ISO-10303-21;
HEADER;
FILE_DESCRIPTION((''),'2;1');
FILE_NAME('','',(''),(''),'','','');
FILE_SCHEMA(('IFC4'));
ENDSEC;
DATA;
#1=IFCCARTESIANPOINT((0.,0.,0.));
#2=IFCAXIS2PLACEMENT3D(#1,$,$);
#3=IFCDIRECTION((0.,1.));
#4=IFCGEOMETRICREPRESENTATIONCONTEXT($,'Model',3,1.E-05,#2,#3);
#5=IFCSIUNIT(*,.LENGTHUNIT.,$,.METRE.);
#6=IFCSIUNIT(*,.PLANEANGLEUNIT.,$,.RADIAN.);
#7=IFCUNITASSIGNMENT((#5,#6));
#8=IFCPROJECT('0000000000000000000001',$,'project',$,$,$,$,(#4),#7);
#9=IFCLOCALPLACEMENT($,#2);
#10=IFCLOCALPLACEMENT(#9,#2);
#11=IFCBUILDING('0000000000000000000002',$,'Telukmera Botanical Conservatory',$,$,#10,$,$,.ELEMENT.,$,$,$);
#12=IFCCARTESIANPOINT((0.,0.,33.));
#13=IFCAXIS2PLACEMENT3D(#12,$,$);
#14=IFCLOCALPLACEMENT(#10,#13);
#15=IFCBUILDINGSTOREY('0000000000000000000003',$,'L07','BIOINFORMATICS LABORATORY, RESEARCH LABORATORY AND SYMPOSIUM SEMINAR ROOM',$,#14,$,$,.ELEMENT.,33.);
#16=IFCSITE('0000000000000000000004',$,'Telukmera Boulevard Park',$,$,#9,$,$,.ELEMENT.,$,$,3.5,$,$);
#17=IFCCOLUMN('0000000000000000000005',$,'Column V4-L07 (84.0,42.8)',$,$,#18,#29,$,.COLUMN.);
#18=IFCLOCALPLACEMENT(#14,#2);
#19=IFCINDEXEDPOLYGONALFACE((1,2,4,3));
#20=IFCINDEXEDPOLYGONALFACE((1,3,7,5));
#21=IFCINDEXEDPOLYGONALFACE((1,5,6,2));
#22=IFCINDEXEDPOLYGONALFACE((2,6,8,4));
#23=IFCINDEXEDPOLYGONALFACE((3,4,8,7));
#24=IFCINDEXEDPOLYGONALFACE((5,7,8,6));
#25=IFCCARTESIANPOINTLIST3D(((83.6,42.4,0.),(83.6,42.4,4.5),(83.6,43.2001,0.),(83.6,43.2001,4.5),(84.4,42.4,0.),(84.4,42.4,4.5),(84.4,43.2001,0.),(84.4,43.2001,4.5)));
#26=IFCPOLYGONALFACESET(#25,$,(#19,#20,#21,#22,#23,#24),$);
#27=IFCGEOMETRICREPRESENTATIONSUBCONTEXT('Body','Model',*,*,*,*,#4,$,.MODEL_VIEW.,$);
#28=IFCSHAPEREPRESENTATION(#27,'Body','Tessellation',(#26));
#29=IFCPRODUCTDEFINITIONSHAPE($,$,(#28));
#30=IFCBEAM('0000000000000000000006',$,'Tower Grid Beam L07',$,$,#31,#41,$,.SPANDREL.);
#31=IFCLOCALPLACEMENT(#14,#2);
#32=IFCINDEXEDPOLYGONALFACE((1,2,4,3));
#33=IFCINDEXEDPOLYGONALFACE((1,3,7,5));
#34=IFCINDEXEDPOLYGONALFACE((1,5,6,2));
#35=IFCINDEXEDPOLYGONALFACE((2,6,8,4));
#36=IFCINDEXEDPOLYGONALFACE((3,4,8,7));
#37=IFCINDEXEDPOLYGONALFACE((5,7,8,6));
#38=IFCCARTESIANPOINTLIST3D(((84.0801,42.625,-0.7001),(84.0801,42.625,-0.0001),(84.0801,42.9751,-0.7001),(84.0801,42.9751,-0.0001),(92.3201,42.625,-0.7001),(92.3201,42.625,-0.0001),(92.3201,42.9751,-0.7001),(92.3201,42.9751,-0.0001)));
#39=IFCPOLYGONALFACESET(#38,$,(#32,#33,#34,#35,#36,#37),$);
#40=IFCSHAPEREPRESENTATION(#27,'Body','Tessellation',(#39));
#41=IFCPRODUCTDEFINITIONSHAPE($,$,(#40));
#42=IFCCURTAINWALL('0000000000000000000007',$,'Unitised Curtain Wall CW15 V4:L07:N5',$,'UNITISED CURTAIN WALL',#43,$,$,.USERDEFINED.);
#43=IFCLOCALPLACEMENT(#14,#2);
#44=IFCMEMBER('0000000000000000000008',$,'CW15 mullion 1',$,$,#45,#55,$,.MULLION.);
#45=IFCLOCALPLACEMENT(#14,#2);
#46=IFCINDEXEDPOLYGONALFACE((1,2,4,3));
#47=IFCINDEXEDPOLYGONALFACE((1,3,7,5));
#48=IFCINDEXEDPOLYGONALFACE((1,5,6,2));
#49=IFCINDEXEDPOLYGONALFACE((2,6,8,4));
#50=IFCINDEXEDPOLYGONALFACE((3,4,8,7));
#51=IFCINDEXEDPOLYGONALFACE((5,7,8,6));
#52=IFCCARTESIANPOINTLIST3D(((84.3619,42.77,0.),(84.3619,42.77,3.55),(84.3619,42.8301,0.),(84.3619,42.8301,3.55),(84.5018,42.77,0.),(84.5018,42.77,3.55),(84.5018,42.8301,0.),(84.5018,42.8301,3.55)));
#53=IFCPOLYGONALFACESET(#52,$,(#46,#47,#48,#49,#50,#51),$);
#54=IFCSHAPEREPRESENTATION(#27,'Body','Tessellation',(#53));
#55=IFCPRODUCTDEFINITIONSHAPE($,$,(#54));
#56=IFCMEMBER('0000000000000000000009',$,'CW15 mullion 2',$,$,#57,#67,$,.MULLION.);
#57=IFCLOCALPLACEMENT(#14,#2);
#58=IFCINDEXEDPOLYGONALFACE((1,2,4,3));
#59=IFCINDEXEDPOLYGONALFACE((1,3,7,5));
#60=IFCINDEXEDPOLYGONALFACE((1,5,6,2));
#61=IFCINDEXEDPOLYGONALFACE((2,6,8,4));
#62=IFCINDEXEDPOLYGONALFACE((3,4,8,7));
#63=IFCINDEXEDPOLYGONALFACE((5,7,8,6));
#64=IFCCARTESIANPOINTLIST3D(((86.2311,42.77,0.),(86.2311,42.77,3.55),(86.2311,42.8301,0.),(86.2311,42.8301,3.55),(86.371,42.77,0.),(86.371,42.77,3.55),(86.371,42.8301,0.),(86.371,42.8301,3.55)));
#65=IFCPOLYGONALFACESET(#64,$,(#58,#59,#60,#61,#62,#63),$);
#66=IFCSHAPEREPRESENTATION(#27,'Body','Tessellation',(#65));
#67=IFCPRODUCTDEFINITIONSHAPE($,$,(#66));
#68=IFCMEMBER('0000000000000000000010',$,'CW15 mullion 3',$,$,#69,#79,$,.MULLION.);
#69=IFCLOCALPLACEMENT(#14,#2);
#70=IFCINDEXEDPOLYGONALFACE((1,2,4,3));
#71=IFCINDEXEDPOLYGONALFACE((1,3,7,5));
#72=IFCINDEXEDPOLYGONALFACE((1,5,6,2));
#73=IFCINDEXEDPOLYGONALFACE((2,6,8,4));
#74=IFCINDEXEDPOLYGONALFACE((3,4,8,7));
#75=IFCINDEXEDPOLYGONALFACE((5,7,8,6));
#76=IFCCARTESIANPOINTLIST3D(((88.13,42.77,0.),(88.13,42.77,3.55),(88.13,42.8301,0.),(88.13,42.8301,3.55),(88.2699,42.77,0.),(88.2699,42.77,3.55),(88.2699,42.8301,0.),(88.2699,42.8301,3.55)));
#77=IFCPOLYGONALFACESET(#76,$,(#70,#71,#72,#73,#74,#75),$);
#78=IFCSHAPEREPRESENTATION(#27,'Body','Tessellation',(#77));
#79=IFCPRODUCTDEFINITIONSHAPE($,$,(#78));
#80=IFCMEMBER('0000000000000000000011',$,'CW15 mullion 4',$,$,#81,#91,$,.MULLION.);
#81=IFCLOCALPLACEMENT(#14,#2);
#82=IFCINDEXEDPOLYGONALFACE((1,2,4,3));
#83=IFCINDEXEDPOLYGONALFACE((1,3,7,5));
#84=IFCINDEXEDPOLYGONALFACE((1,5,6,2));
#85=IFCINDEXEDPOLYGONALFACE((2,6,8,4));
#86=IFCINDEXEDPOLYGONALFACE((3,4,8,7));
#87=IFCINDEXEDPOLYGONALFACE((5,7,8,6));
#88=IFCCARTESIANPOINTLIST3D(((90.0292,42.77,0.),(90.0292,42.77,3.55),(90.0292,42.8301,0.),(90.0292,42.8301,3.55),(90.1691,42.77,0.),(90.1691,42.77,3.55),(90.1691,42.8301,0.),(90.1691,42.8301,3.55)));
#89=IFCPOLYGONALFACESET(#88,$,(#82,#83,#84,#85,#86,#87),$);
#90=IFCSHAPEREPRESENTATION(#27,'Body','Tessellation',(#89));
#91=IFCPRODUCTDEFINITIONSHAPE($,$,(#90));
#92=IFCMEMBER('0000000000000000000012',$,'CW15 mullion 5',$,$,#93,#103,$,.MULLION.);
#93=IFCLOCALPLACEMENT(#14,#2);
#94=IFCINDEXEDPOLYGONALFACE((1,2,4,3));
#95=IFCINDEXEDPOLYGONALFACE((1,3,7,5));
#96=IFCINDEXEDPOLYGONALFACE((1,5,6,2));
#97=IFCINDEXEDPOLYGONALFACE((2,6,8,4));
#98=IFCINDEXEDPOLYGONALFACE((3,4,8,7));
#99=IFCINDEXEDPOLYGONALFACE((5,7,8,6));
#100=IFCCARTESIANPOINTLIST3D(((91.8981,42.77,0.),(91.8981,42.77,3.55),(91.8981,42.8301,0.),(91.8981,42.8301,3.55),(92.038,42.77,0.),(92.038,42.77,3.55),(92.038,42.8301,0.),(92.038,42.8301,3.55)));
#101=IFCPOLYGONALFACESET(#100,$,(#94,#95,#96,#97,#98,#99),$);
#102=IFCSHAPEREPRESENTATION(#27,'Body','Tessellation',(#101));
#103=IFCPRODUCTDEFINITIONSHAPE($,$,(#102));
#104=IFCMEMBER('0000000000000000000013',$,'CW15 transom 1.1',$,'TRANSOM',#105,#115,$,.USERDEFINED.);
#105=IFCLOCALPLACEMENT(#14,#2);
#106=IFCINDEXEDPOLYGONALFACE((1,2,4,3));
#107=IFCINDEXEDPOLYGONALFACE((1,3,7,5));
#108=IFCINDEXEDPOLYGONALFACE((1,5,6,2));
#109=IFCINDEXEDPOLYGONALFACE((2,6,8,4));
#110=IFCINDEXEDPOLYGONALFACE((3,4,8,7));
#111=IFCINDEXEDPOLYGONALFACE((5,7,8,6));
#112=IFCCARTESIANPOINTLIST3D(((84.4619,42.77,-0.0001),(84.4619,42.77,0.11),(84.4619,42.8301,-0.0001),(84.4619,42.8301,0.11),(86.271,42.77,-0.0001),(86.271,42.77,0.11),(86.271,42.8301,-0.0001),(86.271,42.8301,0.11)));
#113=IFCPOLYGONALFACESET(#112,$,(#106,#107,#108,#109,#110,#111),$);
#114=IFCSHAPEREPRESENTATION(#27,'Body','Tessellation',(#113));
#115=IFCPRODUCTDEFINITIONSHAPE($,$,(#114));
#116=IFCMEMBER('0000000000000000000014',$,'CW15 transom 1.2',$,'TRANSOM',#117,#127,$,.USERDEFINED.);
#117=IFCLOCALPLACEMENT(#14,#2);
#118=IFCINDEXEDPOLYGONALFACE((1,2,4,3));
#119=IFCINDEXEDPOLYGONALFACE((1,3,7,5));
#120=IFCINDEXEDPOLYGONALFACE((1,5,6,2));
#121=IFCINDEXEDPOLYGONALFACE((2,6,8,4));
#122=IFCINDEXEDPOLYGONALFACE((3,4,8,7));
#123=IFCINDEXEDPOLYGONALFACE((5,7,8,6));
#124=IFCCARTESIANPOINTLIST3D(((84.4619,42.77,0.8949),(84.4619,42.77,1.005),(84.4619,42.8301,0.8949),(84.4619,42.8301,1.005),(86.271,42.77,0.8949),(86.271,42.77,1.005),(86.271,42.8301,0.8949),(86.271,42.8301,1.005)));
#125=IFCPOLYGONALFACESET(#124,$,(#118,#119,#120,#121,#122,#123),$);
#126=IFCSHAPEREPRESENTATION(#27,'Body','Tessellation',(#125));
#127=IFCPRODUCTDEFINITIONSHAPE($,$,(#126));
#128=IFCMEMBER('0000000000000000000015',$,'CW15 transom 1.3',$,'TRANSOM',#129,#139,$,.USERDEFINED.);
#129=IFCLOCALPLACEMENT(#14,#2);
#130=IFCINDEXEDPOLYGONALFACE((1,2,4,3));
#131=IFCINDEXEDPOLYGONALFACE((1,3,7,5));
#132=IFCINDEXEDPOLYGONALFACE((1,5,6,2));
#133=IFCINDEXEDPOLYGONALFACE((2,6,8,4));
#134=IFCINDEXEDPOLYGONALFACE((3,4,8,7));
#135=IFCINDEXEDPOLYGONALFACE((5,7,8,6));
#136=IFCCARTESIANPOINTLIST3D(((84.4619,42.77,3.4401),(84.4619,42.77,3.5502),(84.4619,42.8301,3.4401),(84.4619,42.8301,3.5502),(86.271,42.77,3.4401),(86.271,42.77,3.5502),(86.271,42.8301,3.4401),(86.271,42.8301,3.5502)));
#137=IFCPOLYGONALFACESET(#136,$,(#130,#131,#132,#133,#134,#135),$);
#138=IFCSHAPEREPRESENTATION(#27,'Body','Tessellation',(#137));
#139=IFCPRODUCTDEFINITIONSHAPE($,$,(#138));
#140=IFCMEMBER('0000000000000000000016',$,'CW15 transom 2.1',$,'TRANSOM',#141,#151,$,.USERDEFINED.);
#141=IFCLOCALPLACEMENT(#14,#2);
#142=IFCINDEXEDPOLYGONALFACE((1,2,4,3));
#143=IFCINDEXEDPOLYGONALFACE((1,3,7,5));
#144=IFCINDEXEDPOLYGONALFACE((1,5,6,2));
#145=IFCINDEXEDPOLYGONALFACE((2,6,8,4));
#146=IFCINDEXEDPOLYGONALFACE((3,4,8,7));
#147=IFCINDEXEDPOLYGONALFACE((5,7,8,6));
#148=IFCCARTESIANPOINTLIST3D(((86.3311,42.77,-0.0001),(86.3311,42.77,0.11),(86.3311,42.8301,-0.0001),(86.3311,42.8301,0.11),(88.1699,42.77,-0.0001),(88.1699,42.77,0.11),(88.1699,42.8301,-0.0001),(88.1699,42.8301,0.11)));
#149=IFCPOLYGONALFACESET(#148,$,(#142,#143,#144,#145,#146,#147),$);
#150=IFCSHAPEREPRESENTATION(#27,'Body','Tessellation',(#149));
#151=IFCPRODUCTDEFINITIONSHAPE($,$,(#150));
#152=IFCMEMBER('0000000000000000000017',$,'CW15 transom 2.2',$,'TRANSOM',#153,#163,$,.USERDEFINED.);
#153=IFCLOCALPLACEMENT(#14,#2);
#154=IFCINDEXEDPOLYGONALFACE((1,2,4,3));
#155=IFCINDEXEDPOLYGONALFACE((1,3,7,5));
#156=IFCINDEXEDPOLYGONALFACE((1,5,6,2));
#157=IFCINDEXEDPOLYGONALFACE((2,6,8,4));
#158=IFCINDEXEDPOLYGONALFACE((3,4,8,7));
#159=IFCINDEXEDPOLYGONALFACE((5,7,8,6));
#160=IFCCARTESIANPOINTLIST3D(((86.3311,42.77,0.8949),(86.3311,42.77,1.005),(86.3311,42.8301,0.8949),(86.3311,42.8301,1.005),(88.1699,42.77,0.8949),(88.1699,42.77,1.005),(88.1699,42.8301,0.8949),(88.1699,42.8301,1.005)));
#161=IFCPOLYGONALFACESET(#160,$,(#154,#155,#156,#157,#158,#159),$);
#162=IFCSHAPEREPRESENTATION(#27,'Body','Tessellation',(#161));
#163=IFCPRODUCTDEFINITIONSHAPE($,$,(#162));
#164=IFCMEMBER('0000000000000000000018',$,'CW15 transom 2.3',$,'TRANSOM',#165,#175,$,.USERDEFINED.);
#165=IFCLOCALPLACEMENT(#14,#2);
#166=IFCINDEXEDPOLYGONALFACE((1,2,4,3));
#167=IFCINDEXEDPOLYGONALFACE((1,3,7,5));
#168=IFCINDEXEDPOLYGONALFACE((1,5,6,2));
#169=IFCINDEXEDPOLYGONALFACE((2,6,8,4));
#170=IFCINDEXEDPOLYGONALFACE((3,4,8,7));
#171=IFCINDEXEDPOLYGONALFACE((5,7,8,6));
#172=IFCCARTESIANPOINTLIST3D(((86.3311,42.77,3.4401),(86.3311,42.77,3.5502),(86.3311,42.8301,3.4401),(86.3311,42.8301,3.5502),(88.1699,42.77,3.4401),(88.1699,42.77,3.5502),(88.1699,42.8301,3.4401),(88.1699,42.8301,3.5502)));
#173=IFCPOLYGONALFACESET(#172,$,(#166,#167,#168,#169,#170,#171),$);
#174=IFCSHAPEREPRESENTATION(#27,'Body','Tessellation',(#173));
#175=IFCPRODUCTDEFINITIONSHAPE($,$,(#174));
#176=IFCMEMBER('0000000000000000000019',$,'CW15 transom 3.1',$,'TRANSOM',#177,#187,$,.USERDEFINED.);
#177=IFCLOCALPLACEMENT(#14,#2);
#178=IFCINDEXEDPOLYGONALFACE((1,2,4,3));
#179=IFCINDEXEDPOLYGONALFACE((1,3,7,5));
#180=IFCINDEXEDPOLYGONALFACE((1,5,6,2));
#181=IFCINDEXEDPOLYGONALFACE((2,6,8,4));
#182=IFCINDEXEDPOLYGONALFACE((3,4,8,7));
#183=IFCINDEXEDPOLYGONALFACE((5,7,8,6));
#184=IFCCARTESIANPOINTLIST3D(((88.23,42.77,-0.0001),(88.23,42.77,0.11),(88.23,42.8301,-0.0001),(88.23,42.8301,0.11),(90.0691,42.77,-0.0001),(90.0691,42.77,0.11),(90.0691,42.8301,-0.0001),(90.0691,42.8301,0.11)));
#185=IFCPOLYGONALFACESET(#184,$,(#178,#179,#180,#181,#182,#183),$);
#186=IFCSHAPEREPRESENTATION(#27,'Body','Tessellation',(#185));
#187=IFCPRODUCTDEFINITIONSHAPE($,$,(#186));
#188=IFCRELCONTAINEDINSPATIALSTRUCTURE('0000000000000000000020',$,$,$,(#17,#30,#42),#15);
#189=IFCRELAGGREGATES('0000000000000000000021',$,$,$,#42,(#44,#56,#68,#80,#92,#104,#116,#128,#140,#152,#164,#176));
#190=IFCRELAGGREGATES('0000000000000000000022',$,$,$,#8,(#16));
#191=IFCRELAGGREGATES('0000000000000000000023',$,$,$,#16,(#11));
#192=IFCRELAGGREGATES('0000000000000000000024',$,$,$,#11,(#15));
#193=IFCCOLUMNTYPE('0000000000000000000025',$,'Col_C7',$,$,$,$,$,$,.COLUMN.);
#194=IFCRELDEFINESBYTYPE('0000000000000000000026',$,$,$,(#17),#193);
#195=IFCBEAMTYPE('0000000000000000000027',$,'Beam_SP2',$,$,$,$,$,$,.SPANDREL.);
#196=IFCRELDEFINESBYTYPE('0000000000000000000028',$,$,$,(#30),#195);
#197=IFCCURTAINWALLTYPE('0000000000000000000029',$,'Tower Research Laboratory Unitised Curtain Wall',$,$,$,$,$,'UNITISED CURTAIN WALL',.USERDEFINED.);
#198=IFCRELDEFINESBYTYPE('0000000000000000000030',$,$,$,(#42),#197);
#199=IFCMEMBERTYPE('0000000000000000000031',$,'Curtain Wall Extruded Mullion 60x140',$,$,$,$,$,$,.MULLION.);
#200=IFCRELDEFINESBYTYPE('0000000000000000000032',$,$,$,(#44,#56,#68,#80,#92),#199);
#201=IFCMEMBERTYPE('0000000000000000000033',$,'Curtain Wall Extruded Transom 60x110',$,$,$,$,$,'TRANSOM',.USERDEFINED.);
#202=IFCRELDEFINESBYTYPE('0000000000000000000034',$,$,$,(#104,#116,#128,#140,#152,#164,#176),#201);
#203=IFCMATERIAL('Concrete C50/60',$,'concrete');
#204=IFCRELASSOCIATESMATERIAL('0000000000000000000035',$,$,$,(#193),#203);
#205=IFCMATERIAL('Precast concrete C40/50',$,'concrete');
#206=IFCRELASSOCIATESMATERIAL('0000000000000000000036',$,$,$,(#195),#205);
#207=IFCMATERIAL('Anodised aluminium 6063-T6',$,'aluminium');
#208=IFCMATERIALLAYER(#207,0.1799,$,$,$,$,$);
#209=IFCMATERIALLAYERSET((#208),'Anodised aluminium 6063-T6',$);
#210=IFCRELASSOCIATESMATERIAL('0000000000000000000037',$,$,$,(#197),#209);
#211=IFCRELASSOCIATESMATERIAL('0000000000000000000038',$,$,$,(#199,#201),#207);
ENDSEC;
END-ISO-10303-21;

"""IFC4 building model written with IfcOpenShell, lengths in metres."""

from ifc_helpers import new_model, si_unit, direction, frame, origin, origin_2d, place, context, subcontext, project, spatial, rectangle, extrude, material, layer, layer_set, material_profile, profile_set, type_object, element, aggregate, save


model = new_model("IFC4")

# Units and contexts
model_context = context("Model", 3, precision=1e-05, world=origin(), true_north=direction((0.0, 1.0)))
body_context = subcontext(model_context, "Body", "Model", "MODEL_VIEW")
ifc_project = project(units=[si_unit("LENGTHUNIT", "METRE"), si_unit("PLANEANGLEUNIT", "RADIAN")], contexts=[model_context])

# Site, building, storey
site_placement = place(None, origin())
site = spatial("IfcSite", under=ifc_project, at=site_placement, Name="Telukmera Boulevard Park", CompositionType="ELEMENT", RefElevation=3.5)
building_placement = place(site_placement, origin())
building = spatial("IfcBuilding", under=site, at=building_placement, Name="Telukmera Botanical Conservatory", CompositionType="ELEMENT")
storey_placement = place(building_placement, frame((0.0, 0.0, 33.0)))
storey = spatial("IfcBuildingStorey", under=building, at=storey_placement, Name="L07", Description="BIOINFORMATICS LABORATORY, RESEARCH LABORATORY AND SYMPOSIUM SEMINAR ROOM", CompositionType="ELEMENT", Elevation=33.0)

# Column
ifc_material_1 = material(Name="Concrete C50/60", Category="concrete")
ifc_material_profile_1 = material_profile(ifc_material_1, rectangle(XDim=0.8, YDim=0.8, at=origin_2d()), Name="RC 800x800")
ifc_profile_set_1 = profile_set([ifc_material_profile_1], Name="Concrete C50/60")
column_type = type_object("IfcColumnType", Name="Col_C7", PredefinedType="COLUMN", material=ifc_profile_set_1)
column_placement = place(storey_placement, frame((84.0, 42.8, 0.0), z_axis=(0.0, 0.0, 1.0), x_axis=(1.0, 0.0, 0.0)))
element("IfcColumn", 1, at=column_placement, inside=storey, type_object=column_type, Name="Column V4-L07 (84.0,42.8)", PredefinedType="COLUMN", context=body_context, shape_type="SweptSolid", body=[
    extrude(rectangle(XDim=0.8, YDim=0.8, at=origin_2d()), origin(), (0.0, 0.0, 1.0), 4.5),
])

# Beam
ifc_material_2 = material(Name="Precast concrete C40/50", Category="concrete")
ifc_material_profile_2 = material_profile(ifc_material_2, rectangle(XDim=0.3501, YDim=0.7, at=origin_2d()), Name="PC 350x700")
ifc_profile_set_2 = profile_set([ifc_material_profile_2], Name="Precast concrete C40/50")
beam_type = type_object("IfcBeamType", Name="Beam_SP2", PredefinedType="SPANDREL", material=ifc_profile_set_2)
beam_placement = place(storey_placement, frame((84.0801, 42.8, -0.3501), z_axis=(1.0, 0.0, 0.0), x_axis=(0.0, 1.0, 0.0)))
element("IfcBeam", 2, at=beam_placement, inside=storey, type_object=beam_type, Name="Tower Grid Beam L07", PredefinedType="SPANDREL", context=body_context, shape_type="SweptSolid", body=[
    extrude(rectangle(XDim=0.3501, YDim=0.7, at=origin_2d()), origin(), (0.0, 0.0, 1.0), 8.24),
])

# Curtain wall, members
ifc_material_3 = material(Name="Anodised aluminium 6063-T6", Category="aluminium")
ifc_layer_1 = layer(ifc_material_3, 0.1799)
ifc_layer_set_1 = layer_set([ifc_layer_1], Name="Anodised aluminium 6063-T6")
curtain_wall_type = type_object("IfcCurtainWallType", Name="Tower Research Laboratory Unitised Curtain Wall", ElementType="UNITISED CURTAIN WALL", PredefinedType="USERDEFINED", material=ifc_layer_set_1)
curtain_wall_placement = place(storey_placement, origin())
curtain_wall = element("IfcCurtainWall", 3, at=curtain_wall_placement, inside=storey, type_object=curtain_wall_type, Name="Unitised Curtain Wall CW15 V4:L07:N5", ObjectType="UNITISED CURTAIN WALL", PredefinedType="USERDEFINED")
ifc_material_profile_3 = material_profile(ifc_material_3, rectangle(XDim=0.0601, YDim=0.1399, at=origin_2d()), Name="ALU MULL 60x140")
ifc_profile_set_3 = profile_set([ifc_material_profile_3], Name="Anodised aluminium 6063-T6")
member_type_1 = type_object("IfcMemberType", Name="Curtain Wall Extruded Mullion 60x140", PredefinedType="MULLION", material=ifc_profile_set_3)
member_1_placement = place(storey_placement, frame((84.4319, 42.8, 0.0), z_axis=(0.0, 0.0, 1.0), x_axis=(0.0, 1.0, 0.0)))
member_1 = element("IfcMember", 4, at=member_1_placement, type_object=member_type_1, Name="CW15 mullion 1", PredefinedType="MULLION", context=body_context, shape_type="SweptSolid", body=[
    extrude(rectangle(XDim=0.0601, YDim=0.1399, at=origin_2d()), origin(), (0.0, 0.0, 1.0), 3.55),
])
member_2_placement = place(storey_placement, frame((86.301, 42.8, 0.0), z_axis=(0.0, 0.0, 1.0), x_axis=(0.0, 1.0, 0.0)))
member_2 = element("IfcMember", 5, at=member_2_placement, type_object=member_type_1, Name="CW15 mullion 2", PredefinedType="MULLION", context=body_context, shape_type="SweptSolid", body=[
    extrude(rectangle(XDim=0.0601, YDim=0.1399, at=origin_2d()), origin(), (0.0, 0.0, 1.0), 3.55),
])
member_3_placement = place(storey_placement, frame((88.2, 42.8, 0.0), z_axis=(0.0, 0.0, 1.0), x_axis=(0.0, 1.0, 0.0)))
member_3 = element("IfcMember", 6, at=member_3_placement, type_object=member_type_1, Name="CW15 mullion 3", PredefinedType="MULLION", context=body_context, shape_type="SweptSolid", body=[
    extrude(rectangle(XDim=0.0601, YDim=0.1399, at=origin_2d()), origin(), (0.0, 0.0, 1.0), 3.55),
])
member_4_placement = place(storey_placement, frame((90.0991, 42.8, 0.0), z_axis=(0.0, 0.0, 1.0), x_axis=(0.0, 1.0, 0.0)))
member_4 = element("IfcMember", 7, at=member_4_placement, type_object=member_type_1, Name="CW15 mullion 4", PredefinedType="MULLION", context=body_context, shape_type="SweptSolid", body=[
    extrude(rectangle(XDim=0.0601, YDim=0.1399, at=origin_2d()), origin(), (0.0, 0.0, 1.0), 3.55),
])
member_5_placement = place(storey_placement, frame((91.968, 42.8, 0.0), z_axis=(0.0, 0.0, 1.0), x_axis=(0.0, 1.0, 0.0)))
member_5 = element("IfcMember", 8, at=member_5_placement, type_object=member_type_1, Name="CW15 mullion 5", PredefinedType="MULLION", context=body_context, shape_type="SweptSolid", body=[
    extrude(rectangle(XDim=0.0601, YDim=0.1399, at=origin_2d()), origin(), (0.0, 0.0, 1.0), 3.55),
])
ifc_material_profile_4 = material_profile(ifc_material_3, rectangle(XDim=0.0601, YDim=0.1101, at=origin_2d()), Name="ALU TRAN 60x110")
ifc_profile_set_4 = profile_set([ifc_material_profile_4], Name="Anodised aluminium 6063-T6")
member_type_2 = type_object("IfcMemberType", Name="Curtain Wall Extruded Transom 60x110", ElementType="TRANSOM", PredefinedType="USERDEFINED", material=ifc_profile_set_4)
member_6_placement = place(storey_placement, frame((84.4619, 42.8, 0.0549), z_axis=(1.0, 0.0, 0.0), x_axis=(0.0, 1.0, 0.0)))
member_6 = element("IfcMember", 9, at=member_6_placement, type_object=member_type_2, Name="CW15 transom 1.1", ObjectType="TRANSOM", PredefinedType="USERDEFINED", context=body_context, shape_type="SweptSolid", body=[
    extrude(rectangle(XDim=0.0601, YDim=0.1101, at=origin_2d()), origin(), (0.0, 0.0, 1.0), 1.8091),
])
member_7_placement = place(storey_placement, frame((84.4619, 42.8, 0.95), z_axis=(1.0, 0.0, 0.0), x_axis=(0.0, 1.0, 0.0)))
member_7 = element("IfcMember", 10, at=member_7_placement, type_object=member_type_2, Name="CW15 transom 1.2", ObjectType="TRANSOM", PredefinedType="USERDEFINED", context=body_context, shape_type="SweptSolid", body=[
    extrude(rectangle(XDim=0.0601, YDim=0.1101, at=origin_2d()), origin(), (0.0, 0.0, 1.0), 1.8091),
])
member_8_placement = place(storey_placement, frame((84.4619, 42.8, 3.4951), z_axis=(1.0, 0.0, 0.0), x_axis=(0.0, 1.0, 0.0)))
member_8 = element("IfcMember", 11, at=member_8_placement, type_object=member_type_2, Name="CW15 transom 1.3", ObjectType="TRANSOM", PredefinedType="USERDEFINED", context=body_context, shape_type="SweptSolid", body=[
    extrude(rectangle(XDim=0.0601, YDim=0.1101, at=origin_2d()), origin(), (0.0, 0.0, 1.0), 1.8091),
])
member_9_placement = place(storey_placement, frame((86.3311, 42.8, 0.0549), z_axis=(1.0, 0.0, 0.0), x_axis=(0.0, 1.0, 0.0)))
member_9 = element("IfcMember", 12, at=member_9_placement, type_object=member_type_2, Name="CW15 transom 2.1", ObjectType="TRANSOM", PredefinedType="USERDEFINED", context=body_context, shape_type="SweptSolid", body=[
    extrude(rectangle(XDim=0.0601, YDim=0.1101, at=origin_2d()), origin(), (0.0, 0.0, 1.0), 1.8389),
])
member_10_placement = place(storey_placement, frame((86.3311, 42.8, 0.95), z_axis=(1.0, 0.0, 0.0), x_axis=(0.0, 1.0, 0.0)))
member_10 = element("IfcMember", 13, at=member_10_placement, type_object=member_type_2, Name="CW15 transom 2.2", ObjectType="TRANSOM", PredefinedType="USERDEFINED", context=body_context, shape_type="SweptSolid", body=[
    extrude(rectangle(XDim=0.0601, YDim=0.1101, at=origin_2d()), origin(), (0.0, 0.0, 1.0), 1.8389),
])
member_11_placement = place(storey_placement, frame((86.3311, 42.8, 3.4951), z_axis=(1.0, 0.0, 0.0), x_axis=(0.0, 1.0, 0.0)))
member_11 = element("IfcMember", 14, at=member_11_placement, type_object=member_type_2, Name="CW15 transom 2.3", ObjectType="TRANSOM", PredefinedType="USERDEFINED", context=body_context, shape_type="SweptSolid", body=[
    extrude(rectangle(XDim=0.0601, YDim=0.1101, at=origin_2d()), origin(), (0.0, 0.0, 1.0), 1.8389),
])
member_12_placement = place(storey_placement, frame((88.23, 42.8, 0.0549), z_axis=(1.0, 0.0, 0.0), x_axis=(0.0, 1.0, 0.0)))
member_12 = element("IfcMember", 15, at=member_12_placement, type_object=member_type_2, Name="CW15 transom 3.1", ObjectType="TRANSOM", PredefinedType="USERDEFINED", context=body_context, shape_type="SweptSolid", body=[
    extrude(rectangle(XDim=0.0601, YDim=0.1101, at=origin_2d()), origin(), (0.0, 0.0, 1.0), 1.8391),
])
aggregate(curtain_wall, [member_1, member_2, member_3, member_4, member_5, member_6, member_7, member_8, member_9, member_10, member_11, member_12])

save(model, "model.ifc")
